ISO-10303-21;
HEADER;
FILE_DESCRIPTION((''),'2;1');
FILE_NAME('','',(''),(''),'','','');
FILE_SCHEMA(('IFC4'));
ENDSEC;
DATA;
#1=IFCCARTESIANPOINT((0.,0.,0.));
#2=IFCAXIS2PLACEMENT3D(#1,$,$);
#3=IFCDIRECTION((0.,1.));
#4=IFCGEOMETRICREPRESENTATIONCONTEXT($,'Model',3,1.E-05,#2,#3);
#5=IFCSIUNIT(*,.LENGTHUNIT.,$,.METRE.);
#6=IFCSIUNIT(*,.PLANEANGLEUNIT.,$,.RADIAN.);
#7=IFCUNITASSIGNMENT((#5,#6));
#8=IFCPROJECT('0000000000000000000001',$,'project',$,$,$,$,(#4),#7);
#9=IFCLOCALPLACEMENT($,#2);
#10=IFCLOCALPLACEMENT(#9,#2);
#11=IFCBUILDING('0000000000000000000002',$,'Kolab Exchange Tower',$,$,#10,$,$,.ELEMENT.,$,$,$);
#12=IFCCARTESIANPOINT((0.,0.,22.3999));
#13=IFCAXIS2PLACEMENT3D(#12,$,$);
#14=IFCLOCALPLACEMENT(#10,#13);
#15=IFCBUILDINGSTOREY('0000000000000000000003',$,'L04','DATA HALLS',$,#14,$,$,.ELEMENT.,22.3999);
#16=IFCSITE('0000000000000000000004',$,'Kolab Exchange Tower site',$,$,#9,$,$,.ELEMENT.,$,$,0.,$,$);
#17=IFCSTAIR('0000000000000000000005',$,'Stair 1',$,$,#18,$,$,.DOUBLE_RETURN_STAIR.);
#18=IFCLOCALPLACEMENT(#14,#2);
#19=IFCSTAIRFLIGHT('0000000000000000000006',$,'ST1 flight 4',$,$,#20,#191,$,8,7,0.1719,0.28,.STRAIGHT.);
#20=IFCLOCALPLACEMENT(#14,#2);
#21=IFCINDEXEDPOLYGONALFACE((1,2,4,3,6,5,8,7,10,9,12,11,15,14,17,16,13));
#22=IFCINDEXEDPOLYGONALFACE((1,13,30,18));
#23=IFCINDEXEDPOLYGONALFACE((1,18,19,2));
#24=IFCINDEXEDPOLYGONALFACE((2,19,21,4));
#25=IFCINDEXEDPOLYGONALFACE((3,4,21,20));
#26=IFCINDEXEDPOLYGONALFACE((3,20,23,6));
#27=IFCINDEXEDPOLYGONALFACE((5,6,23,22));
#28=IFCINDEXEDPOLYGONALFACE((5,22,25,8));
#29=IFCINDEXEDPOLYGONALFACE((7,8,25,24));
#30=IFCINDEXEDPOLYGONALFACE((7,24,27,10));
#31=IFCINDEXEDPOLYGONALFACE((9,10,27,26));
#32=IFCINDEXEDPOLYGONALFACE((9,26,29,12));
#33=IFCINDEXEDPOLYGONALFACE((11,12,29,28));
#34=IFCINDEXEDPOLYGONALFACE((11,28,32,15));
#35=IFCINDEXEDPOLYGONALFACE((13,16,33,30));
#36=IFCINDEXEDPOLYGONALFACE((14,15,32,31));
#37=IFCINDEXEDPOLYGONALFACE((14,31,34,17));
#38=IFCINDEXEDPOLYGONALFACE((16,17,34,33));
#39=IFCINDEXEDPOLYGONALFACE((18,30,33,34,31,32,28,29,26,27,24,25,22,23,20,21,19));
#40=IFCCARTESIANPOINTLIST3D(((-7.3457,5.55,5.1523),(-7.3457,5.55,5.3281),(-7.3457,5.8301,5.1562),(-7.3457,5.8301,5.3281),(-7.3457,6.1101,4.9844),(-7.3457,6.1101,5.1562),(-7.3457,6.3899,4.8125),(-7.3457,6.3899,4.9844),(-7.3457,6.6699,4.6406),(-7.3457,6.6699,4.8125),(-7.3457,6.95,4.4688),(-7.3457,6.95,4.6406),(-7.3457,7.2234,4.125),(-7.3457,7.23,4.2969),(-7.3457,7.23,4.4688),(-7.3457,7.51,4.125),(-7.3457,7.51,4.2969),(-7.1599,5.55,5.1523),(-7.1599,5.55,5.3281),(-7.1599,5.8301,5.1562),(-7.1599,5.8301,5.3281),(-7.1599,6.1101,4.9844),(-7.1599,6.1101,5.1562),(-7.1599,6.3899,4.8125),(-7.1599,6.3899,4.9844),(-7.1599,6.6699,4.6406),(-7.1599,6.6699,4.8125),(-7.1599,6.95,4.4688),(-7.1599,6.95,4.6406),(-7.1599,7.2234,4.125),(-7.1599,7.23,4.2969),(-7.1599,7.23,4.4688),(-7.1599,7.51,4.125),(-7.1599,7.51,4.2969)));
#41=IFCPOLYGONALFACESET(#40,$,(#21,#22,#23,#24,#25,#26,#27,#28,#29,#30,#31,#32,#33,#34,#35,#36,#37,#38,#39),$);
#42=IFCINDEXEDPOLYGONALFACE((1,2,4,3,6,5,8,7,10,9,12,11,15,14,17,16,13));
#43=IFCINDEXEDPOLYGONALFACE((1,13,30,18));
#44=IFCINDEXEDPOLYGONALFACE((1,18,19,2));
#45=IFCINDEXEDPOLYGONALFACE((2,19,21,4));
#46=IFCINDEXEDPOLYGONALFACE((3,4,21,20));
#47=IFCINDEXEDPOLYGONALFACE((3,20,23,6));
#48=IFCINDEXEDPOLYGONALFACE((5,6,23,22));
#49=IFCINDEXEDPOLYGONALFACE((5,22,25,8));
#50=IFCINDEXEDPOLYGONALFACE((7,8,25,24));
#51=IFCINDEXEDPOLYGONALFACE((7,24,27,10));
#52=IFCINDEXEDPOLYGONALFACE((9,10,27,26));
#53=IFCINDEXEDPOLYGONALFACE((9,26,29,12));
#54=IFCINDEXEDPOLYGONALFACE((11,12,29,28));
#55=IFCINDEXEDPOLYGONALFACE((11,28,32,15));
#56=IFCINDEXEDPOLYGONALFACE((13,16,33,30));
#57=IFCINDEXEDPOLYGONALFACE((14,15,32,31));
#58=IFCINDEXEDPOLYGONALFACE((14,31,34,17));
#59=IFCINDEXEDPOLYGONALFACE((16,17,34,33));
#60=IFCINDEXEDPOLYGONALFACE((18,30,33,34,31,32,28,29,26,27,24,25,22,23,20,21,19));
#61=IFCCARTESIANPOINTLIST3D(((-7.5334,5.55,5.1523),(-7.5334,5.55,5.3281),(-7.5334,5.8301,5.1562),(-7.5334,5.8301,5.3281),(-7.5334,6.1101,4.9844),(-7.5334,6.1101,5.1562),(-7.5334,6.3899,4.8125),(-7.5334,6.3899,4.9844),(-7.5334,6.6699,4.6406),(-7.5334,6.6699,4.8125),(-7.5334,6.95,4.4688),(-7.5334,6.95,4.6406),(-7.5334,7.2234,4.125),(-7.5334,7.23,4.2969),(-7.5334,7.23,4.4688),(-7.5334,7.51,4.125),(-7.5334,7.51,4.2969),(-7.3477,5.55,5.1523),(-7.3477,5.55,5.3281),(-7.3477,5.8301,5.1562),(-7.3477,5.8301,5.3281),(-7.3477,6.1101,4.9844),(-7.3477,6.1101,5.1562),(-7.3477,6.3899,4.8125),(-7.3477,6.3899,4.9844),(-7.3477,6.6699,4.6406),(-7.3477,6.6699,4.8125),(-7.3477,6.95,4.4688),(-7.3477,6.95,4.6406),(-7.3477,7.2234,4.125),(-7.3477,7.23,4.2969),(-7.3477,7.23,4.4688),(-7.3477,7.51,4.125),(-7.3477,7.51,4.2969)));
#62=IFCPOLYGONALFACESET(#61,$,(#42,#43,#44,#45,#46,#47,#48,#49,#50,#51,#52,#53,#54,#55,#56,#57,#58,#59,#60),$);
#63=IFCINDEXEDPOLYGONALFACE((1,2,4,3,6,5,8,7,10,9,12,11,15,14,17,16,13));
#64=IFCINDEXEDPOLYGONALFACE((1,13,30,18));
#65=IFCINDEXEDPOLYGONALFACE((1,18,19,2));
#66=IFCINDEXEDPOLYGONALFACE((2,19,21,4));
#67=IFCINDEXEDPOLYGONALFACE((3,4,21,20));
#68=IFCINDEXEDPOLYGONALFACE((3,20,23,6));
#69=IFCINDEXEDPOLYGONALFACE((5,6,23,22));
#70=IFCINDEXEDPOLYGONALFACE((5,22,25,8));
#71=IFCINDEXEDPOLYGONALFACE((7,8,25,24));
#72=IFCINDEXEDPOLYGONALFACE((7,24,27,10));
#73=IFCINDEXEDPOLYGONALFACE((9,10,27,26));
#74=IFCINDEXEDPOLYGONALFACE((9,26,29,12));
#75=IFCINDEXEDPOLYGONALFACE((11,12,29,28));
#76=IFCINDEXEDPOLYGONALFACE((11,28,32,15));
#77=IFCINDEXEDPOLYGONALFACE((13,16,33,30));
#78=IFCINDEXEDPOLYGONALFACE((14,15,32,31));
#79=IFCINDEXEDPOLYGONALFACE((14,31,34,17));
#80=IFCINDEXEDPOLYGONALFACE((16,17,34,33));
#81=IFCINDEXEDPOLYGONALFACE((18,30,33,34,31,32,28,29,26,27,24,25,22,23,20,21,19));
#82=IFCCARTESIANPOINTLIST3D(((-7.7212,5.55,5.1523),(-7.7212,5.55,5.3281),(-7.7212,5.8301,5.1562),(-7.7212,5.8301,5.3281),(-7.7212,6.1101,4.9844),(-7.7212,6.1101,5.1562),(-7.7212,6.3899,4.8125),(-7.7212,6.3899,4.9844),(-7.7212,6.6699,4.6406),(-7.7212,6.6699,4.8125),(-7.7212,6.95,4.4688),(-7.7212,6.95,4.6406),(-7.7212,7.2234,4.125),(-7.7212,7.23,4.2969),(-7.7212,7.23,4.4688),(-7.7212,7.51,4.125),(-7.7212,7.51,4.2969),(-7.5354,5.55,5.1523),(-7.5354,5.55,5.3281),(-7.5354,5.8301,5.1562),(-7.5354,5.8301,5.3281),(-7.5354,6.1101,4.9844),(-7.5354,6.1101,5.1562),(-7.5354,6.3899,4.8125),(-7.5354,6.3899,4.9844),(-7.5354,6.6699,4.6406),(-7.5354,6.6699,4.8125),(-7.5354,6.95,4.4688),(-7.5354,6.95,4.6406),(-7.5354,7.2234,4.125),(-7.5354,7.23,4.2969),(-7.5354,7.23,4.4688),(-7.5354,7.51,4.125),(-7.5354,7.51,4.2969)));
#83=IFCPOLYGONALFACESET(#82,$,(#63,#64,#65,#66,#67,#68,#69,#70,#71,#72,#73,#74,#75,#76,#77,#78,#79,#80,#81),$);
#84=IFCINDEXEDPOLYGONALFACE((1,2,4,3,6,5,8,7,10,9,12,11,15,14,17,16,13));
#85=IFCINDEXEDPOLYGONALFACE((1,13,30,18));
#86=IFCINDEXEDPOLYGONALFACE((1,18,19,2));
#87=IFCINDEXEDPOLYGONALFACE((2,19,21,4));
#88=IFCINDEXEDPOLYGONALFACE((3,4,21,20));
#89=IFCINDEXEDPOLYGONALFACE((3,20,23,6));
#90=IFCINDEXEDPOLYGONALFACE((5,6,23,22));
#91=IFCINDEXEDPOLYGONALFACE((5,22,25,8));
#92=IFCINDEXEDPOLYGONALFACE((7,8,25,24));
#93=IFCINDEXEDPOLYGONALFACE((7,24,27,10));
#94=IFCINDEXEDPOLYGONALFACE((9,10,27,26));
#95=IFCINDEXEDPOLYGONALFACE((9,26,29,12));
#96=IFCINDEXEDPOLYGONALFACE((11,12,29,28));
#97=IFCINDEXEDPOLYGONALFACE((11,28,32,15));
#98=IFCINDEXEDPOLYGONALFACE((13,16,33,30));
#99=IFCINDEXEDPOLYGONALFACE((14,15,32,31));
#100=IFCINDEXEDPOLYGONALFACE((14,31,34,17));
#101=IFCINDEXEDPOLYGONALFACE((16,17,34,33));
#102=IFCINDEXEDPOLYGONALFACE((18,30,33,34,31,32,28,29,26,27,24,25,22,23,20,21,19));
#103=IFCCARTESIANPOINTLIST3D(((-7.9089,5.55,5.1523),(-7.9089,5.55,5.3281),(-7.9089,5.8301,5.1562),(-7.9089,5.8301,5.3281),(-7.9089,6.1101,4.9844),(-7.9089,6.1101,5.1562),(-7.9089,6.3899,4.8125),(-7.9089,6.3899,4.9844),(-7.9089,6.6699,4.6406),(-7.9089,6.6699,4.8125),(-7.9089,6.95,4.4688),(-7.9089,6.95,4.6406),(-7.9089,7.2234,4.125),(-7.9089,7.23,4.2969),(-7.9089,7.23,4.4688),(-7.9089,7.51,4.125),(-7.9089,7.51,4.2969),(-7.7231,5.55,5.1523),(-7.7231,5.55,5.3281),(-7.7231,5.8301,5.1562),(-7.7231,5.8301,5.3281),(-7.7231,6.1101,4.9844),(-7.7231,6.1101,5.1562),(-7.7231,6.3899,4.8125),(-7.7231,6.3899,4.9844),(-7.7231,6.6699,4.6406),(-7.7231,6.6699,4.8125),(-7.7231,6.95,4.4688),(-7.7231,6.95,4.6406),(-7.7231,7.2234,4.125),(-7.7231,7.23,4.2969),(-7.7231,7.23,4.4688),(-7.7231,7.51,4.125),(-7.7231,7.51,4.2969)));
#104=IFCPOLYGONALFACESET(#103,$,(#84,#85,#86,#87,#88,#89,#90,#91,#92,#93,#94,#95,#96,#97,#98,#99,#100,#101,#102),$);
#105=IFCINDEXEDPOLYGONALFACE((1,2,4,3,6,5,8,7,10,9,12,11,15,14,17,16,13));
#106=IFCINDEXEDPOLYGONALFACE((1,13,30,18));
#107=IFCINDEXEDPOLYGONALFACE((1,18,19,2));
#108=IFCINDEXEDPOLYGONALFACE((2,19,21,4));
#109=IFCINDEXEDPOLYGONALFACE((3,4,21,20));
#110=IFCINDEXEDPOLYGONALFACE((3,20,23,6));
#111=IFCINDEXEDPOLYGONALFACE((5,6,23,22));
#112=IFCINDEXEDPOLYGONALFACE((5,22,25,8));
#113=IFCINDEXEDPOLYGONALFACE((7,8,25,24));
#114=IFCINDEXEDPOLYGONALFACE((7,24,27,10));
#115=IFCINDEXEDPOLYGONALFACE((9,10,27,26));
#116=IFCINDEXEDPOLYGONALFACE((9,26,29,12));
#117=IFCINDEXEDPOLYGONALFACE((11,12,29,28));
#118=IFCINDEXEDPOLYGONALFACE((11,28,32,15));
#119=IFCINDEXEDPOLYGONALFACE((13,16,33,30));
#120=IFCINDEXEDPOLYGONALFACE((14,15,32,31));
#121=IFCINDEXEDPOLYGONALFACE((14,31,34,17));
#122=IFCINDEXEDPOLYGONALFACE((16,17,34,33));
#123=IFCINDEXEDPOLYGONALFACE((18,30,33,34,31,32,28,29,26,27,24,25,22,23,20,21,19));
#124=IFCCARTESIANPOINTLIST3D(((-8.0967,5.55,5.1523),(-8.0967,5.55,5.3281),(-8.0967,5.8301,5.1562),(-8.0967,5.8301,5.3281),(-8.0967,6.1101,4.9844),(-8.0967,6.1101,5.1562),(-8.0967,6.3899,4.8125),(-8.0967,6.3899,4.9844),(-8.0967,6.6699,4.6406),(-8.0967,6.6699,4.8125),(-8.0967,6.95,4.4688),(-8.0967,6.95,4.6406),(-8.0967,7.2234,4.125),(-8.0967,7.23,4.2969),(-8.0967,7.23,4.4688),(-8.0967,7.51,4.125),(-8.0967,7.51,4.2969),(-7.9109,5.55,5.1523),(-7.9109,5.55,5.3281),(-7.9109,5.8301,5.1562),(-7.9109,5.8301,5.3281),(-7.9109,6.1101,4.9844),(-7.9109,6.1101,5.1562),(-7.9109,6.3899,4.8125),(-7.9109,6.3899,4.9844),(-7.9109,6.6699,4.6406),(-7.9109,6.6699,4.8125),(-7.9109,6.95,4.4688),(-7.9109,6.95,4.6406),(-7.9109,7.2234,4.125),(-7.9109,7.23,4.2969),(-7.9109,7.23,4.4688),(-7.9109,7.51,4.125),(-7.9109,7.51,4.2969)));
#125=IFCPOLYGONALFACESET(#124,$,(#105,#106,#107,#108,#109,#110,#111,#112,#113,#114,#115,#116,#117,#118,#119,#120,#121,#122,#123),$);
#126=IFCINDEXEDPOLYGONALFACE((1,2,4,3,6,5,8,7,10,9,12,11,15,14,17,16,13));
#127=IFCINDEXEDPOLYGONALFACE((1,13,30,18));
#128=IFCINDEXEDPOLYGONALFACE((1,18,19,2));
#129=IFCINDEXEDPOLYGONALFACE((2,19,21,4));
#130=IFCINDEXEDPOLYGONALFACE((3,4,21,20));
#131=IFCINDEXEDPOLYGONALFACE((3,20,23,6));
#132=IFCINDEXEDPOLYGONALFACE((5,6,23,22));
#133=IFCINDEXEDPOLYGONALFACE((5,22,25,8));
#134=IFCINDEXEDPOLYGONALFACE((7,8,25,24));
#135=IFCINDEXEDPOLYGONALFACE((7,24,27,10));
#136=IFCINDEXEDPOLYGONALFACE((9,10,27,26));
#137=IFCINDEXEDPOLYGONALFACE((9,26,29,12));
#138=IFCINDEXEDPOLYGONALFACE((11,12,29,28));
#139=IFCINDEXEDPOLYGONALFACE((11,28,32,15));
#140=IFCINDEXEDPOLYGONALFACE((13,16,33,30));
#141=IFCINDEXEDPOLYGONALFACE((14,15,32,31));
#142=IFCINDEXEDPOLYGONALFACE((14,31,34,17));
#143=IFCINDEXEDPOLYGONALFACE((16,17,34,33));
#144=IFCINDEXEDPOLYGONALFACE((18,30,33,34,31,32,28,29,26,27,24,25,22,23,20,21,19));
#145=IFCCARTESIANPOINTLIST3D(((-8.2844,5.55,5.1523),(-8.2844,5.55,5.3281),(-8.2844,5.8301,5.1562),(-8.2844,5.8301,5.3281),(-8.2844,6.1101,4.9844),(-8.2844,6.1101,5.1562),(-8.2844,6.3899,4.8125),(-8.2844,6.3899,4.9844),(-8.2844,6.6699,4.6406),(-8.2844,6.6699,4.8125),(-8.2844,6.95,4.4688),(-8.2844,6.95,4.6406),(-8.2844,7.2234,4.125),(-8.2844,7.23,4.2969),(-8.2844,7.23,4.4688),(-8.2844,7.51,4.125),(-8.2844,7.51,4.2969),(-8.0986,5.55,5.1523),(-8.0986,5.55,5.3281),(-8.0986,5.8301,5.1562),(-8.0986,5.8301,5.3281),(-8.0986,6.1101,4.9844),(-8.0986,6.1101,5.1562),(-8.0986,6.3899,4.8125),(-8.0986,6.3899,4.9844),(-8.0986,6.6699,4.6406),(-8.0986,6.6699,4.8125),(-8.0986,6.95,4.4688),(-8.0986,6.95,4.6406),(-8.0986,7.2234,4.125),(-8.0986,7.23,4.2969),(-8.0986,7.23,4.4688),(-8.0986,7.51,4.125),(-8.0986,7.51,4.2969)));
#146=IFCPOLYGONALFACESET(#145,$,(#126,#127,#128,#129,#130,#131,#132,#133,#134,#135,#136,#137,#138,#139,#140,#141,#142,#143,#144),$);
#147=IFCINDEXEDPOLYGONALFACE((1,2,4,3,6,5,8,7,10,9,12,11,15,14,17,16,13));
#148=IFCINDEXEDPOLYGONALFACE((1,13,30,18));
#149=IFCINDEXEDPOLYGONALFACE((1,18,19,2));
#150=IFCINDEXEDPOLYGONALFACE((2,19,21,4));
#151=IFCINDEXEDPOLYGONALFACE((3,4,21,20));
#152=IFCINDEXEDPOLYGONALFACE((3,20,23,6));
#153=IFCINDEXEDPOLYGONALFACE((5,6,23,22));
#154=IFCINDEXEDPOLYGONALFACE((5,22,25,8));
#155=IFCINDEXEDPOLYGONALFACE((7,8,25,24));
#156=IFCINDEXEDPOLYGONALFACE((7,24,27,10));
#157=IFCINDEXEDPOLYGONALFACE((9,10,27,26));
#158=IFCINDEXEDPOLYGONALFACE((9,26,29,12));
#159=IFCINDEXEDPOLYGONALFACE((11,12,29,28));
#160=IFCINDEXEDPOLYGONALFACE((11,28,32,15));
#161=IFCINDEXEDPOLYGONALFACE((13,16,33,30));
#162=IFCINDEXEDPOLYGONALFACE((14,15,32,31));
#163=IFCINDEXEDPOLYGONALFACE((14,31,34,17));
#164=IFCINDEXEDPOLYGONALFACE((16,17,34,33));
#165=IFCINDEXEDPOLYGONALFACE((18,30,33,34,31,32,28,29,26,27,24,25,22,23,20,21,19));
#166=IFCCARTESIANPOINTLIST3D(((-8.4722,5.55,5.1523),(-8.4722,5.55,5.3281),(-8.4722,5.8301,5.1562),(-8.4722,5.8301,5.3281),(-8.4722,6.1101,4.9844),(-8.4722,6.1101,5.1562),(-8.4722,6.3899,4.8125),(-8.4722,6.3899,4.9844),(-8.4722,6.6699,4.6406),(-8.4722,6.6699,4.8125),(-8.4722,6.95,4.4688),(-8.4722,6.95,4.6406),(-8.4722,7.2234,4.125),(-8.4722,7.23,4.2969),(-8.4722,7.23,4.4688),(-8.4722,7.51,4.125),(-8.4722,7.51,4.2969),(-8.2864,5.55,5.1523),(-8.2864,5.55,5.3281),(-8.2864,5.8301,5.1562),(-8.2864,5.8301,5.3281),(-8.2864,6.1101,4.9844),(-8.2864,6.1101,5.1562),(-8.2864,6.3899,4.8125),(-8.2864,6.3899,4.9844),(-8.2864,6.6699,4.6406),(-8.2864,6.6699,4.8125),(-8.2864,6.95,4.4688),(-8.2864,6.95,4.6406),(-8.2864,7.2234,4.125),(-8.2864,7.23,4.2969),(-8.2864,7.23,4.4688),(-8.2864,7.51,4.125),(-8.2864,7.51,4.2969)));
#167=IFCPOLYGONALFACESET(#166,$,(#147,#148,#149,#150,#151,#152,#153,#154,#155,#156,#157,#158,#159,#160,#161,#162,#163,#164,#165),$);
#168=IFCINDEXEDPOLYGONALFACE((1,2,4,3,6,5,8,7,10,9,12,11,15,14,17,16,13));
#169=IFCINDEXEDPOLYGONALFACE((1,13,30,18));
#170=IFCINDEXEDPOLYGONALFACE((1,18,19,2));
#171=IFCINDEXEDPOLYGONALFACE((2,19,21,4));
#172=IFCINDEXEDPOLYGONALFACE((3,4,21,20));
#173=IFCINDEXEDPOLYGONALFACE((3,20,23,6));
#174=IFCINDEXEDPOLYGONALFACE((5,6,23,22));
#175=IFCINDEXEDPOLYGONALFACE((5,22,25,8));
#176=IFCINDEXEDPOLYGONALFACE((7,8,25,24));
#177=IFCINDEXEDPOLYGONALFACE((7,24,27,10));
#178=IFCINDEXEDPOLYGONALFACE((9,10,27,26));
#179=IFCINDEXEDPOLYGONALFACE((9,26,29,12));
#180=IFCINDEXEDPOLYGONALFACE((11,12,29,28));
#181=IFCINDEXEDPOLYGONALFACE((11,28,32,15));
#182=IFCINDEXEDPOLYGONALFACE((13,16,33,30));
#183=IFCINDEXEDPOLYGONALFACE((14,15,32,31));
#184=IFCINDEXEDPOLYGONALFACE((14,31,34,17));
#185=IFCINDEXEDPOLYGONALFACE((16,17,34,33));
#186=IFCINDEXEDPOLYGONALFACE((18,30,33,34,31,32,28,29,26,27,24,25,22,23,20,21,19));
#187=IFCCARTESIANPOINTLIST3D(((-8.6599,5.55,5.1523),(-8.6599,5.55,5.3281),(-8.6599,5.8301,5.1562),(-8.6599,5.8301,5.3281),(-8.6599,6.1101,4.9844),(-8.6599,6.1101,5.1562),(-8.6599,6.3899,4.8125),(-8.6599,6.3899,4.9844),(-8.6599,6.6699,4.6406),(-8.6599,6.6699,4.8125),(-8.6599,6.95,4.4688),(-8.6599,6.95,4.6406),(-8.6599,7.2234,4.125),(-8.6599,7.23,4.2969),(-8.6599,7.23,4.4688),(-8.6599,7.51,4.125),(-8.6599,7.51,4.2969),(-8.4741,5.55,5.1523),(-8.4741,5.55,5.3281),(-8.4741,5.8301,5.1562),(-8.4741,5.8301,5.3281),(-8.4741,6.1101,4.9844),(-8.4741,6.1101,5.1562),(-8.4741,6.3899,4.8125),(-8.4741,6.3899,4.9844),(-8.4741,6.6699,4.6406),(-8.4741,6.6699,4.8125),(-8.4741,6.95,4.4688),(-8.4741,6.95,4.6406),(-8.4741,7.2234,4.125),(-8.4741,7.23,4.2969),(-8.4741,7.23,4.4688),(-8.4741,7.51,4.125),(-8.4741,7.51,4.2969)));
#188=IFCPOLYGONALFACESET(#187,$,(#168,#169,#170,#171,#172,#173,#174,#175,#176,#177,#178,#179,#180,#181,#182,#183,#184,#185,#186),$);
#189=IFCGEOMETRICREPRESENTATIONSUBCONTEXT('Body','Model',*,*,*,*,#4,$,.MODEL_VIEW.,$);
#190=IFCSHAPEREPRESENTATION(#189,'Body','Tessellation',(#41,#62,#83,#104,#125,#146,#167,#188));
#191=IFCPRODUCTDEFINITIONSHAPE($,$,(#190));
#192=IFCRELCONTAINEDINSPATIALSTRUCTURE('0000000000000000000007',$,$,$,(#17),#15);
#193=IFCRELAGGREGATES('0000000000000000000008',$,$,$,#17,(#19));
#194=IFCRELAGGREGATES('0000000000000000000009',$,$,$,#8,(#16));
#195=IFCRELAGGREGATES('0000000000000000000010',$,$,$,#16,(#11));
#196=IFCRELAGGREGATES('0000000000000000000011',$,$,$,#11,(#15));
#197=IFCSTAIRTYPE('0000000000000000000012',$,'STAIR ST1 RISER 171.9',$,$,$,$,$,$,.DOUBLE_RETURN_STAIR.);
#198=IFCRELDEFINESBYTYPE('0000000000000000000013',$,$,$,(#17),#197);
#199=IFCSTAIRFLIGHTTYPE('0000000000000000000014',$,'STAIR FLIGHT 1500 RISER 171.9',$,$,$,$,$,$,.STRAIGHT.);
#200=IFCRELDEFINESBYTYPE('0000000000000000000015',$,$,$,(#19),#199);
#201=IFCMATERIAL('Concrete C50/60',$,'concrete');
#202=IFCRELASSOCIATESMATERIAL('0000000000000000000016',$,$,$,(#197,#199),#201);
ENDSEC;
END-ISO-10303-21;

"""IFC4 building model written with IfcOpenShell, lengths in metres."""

from ifc_helpers import new_model, si_unit, direction, frame, origin, place, context, subcontext, project, spatial, polyline, outline, extrude, material, type_object, element, aggregate, save


model = new_model("IFC4")

# Units and contexts
model_context = context("Model", 3, precision=1e-05, world=origin(), true_north=direction((0.0, 1.0)))
body_context = subcontext(model_context, "Body", "Model", "MODEL_VIEW")
ifc_project = project(units=[si_unit("LENGTHUNIT", "METRE"), si_unit("PLANEANGLEUNIT", "RADIAN")], contexts=[model_context])

# Site, building, storey
site_placement = place(None, origin())
site = spatial("IfcSite", under=ifc_project, at=site_placement, Name="Kolab Exchange Tower site", CompositionType="ELEMENT", RefElevation=0.0)
building_placement = place(site_placement, origin())
building = spatial("IfcBuilding", under=site, at=building_placement, Name="Kolab Exchange Tower", CompositionType="ELEMENT")
storey_placement = place(building_placement, frame((0.0, 0.0, 22.3999)))
storey = spatial("IfcBuildingStorey", under=building, at=storey_placement, Name="L04", Description="DATA HALLS", CompositionType="ELEMENT", Elevation=22.3999)

# Shared definitions
ifc_material_1 = material(Name="Concrete C50/60", Category="concrete")

# Stair, stair flight
stair_type = type_object("IfcStairType", Name="STAIR ST1 RISER 171.9", PredefinedType="DOUBLE_RETURN_STAIR", material=ifc_material_1)
stair_placement = place(storey_placement, origin())
stair = element("IfcStair", 1, at=stair_placement, inside=storey, type_object=stair_type, Name="Stair 1", PredefinedType="DOUBLE_RETURN_STAIR")
stair_flight_type = type_object("IfcStairFlightType", Name="STAIR FLIGHT 1500 RISER 171.9", PredefinedType="STRAIGHT", material=ifc_material_1)
stair_flight_1_placement = place(storey_placement, frame((-7.9099, 7.51, 4.125), z_axis=(0.0, 0.0, 1.0), x_axis=(0.0, -1.0, 0.0)))
stair_flight_1 = element("IfcStairFlight", 2, at=stair_flight_1_placement, type_object=stair_flight_type, Name="ST1 flight 4", NumberOfRisers=8, NumberOfTreads=7, PredefinedType="STRAIGHT", RiserHeight=0.1719, TreadLength=0.28, context=body_context, shape_type="SweptSolid", body=[
    extrude(outline(polyline([(0.0, 0.0), (0.0, 0.1719), (0.28, 0.1719), (0.28, 0.3438), (0.5601, 0.3438), (0.5601, 0.5156), (0.8401, 0.5156), (0.8401, 0.6875), (1.1201, 0.6875), (1.1201, 0.8594), (1.3999, 0.8594), (1.3999, 1.0312), (1.6799, 1.0312), (1.6799, 1.2031), (1.96, 1.2031), (1.96, 1.375), (1.96, 1.0273), (0.2866, 0.0), (0.0, 0.0)])), frame((0.0, 0.75, 0.0), z_axis=(0.0, -1.0, 0.0), x_axis=(1.0, 0.0, 0.0)), (0.0, 0.0, 1.0), 0.1858),
    extrude(outline(polyline([(0.0, 0.0), (0.0, 0.1719), (0.28, 0.1719), (0.28, 0.3438), (0.5601, 0.3438), (0.5601, 0.5156), (0.8401, 0.5156), (0.8401, 0.6875), (1.1201, 0.6875), (1.1201, 0.8594), (1.3999, 0.8594), (1.3999, 1.0312), (1.6799, 1.0312), (1.6799, 1.2031), (1.96, 1.2031), (1.96, 1.375), (1.96, 1.0273), (0.2866, 0.0), (0.0, 0.0)])), frame((0.0, 0.5623, 0.0), z_axis=(0.0, -1.0, 0.0), x_axis=(1.0, 0.0, 0.0)), (0.0, 0.0, 1.0), 0.1858),
    extrude(outline(polyline([(0.0, 0.0), (0.0, 0.1719), (0.28, 0.1719), (0.28, 0.3438), (0.5601, 0.3438), (0.5601, 0.5156), (0.8401, 0.5156), (0.8401, 0.6875), (1.1201, 0.6875), (1.1201, 0.8594), (1.3999, 0.8594), (1.3999, 1.0312), (1.6799, 1.0312), (1.6799, 1.2031), (1.96, 1.2031), (1.96, 1.375), (1.96, 1.0273), (0.2866, 0.0), (0.0, 0.0)])), frame((0.0, 0.3745, 0.0), z_axis=(0.0, -1.0, 0.0), x_axis=(1.0, 0.0, 0.0)), (0.0, 0.0, 1.0), 0.1858),
    extrude(outline(polyline([(0.0, 0.0), (0.0, 0.1719), (0.28, 0.1719), (0.28, 0.3438), (0.5601, 0.3438), (0.5601, 0.5156), (0.8401, 0.5156), (0.8401, 0.6875), (1.1201, 0.6875), (1.1201, 0.8594), (1.3999, 0.8594), (1.3999, 1.0312), (1.6799, 1.0312), (1.6799, 1.2031), (1.96, 1.2031), (1.96, 1.375), (1.96, 1.0273), (0.2866, 0.0), (0.0, 0.0)])), frame((0.0, 0.1868, 0.0), z_axis=(0.0, -1.0, 0.0), x_axis=(1.0, 0.0, 0.0)), (0.0, 0.0, 1.0), 0.1858),
    extrude(outline(polyline([(0.0, 0.0), (0.0, 0.1719), (0.28, 0.1719), (0.28, 0.3438), (0.5601, 0.3438), (0.5601, 0.5156), (0.8401, 0.5156), (0.8401, 0.6875), (1.1201, 0.6875), (1.1201, 0.8594), (1.3999, 0.8594), (1.3999, 1.0312), (1.6799, 1.0312), (1.6799, 1.2031), (1.96, 1.2031), (1.96, 1.375), (1.96, 1.0273), (0.2866, 0.0), (0.0, 0.0)])), frame((0.0, -0.001, 0.0), z_axis=(0.0, -1.0, 0.0), x_axis=(1.0, 0.0, 0.0)), (0.0, 0.0, 1.0), 0.1858),
    extrude(outline(polyline([(0.0, 0.0), (0.0, 0.1719), (0.28, 0.1719), (0.28, 0.3438), (0.5601, 0.3438), (0.5601, 0.5156), (0.8401, 0.5156), (0.8401, 0.6875), (1.1201, 0.6875), (1.1201, 0.8594), (1.3999, 0.8594), (1.3999, 1.0312), (1.6799, 1.0312), (1.6799, 1.2031), (1.96, 1.2031), (1.96, 1.375), (1.96, 1.0273), (0.2866, 0.0), (0.0, 0.0)])), frame((0.0, -0.1887, 0.0), z_axis=(0.0, -1.0, 0.0), x_axis=(1.0, 0.0, 0.0)), (0.0, 0.0, 1.0), 0.1858),
    extrude(outline(polyline([(0.0, 0.0), (0.0, 0.1719), (0.28, 0.1719), (0.28, 0.3438), (0.5601, 0.3438), (0.5601, 0.5156), (0.8401, 0.5156), (0.8401, 0.6875), (1.1201, 0.6875), (1.1201, 0.8594), (1.3999, 0.8594), (1.3999, 1.0312), (1.6799, 1.0312), (1.6799, 1.2031), (1.96, 1.2031), (1.96, 1.375), (1.96, 1.0273), (0.2866, 0.0), (0.0, 0.0)])), frame((0.0, -0.3765, 0.0), z_axis=(0.0, -1.0, 0.0), x_axis=(1.0, 0.0, 0.0)), (0.0, 0.0, 1.0), 0.1858),
    extrude(outline(polyline([(0.0, 0.0), (0.0, 0.1719), (0.28, 0.1719), (0.28, 0.3438), (0.5601, 0.3438), (0.5601, 0.5156), (0.8401, 0.5156), (0.8401, 0.6875), (1.1201, 0.6875), (1.1201, 0.8594), (1.3999, 0.8594), (1.3999, 1.0312), (1.6799, 1.0312), (1.6799, 1.2031), (1.96, 1.2031), (1.96, 1.375), (1.96, 1.0273), (0.2866, 0.0), (0.0, 0.0)])), frame((0.0, -0.5642, 0.0), z_axis=(0.0, -1.0, 0.0), x_axis=(1.0, 0.0, 0.0)), (0.0, 0.0, 1.0), 0.1858),
])
aggregate(stair, [stair_flight_1])

save(model, "model.ifc")
